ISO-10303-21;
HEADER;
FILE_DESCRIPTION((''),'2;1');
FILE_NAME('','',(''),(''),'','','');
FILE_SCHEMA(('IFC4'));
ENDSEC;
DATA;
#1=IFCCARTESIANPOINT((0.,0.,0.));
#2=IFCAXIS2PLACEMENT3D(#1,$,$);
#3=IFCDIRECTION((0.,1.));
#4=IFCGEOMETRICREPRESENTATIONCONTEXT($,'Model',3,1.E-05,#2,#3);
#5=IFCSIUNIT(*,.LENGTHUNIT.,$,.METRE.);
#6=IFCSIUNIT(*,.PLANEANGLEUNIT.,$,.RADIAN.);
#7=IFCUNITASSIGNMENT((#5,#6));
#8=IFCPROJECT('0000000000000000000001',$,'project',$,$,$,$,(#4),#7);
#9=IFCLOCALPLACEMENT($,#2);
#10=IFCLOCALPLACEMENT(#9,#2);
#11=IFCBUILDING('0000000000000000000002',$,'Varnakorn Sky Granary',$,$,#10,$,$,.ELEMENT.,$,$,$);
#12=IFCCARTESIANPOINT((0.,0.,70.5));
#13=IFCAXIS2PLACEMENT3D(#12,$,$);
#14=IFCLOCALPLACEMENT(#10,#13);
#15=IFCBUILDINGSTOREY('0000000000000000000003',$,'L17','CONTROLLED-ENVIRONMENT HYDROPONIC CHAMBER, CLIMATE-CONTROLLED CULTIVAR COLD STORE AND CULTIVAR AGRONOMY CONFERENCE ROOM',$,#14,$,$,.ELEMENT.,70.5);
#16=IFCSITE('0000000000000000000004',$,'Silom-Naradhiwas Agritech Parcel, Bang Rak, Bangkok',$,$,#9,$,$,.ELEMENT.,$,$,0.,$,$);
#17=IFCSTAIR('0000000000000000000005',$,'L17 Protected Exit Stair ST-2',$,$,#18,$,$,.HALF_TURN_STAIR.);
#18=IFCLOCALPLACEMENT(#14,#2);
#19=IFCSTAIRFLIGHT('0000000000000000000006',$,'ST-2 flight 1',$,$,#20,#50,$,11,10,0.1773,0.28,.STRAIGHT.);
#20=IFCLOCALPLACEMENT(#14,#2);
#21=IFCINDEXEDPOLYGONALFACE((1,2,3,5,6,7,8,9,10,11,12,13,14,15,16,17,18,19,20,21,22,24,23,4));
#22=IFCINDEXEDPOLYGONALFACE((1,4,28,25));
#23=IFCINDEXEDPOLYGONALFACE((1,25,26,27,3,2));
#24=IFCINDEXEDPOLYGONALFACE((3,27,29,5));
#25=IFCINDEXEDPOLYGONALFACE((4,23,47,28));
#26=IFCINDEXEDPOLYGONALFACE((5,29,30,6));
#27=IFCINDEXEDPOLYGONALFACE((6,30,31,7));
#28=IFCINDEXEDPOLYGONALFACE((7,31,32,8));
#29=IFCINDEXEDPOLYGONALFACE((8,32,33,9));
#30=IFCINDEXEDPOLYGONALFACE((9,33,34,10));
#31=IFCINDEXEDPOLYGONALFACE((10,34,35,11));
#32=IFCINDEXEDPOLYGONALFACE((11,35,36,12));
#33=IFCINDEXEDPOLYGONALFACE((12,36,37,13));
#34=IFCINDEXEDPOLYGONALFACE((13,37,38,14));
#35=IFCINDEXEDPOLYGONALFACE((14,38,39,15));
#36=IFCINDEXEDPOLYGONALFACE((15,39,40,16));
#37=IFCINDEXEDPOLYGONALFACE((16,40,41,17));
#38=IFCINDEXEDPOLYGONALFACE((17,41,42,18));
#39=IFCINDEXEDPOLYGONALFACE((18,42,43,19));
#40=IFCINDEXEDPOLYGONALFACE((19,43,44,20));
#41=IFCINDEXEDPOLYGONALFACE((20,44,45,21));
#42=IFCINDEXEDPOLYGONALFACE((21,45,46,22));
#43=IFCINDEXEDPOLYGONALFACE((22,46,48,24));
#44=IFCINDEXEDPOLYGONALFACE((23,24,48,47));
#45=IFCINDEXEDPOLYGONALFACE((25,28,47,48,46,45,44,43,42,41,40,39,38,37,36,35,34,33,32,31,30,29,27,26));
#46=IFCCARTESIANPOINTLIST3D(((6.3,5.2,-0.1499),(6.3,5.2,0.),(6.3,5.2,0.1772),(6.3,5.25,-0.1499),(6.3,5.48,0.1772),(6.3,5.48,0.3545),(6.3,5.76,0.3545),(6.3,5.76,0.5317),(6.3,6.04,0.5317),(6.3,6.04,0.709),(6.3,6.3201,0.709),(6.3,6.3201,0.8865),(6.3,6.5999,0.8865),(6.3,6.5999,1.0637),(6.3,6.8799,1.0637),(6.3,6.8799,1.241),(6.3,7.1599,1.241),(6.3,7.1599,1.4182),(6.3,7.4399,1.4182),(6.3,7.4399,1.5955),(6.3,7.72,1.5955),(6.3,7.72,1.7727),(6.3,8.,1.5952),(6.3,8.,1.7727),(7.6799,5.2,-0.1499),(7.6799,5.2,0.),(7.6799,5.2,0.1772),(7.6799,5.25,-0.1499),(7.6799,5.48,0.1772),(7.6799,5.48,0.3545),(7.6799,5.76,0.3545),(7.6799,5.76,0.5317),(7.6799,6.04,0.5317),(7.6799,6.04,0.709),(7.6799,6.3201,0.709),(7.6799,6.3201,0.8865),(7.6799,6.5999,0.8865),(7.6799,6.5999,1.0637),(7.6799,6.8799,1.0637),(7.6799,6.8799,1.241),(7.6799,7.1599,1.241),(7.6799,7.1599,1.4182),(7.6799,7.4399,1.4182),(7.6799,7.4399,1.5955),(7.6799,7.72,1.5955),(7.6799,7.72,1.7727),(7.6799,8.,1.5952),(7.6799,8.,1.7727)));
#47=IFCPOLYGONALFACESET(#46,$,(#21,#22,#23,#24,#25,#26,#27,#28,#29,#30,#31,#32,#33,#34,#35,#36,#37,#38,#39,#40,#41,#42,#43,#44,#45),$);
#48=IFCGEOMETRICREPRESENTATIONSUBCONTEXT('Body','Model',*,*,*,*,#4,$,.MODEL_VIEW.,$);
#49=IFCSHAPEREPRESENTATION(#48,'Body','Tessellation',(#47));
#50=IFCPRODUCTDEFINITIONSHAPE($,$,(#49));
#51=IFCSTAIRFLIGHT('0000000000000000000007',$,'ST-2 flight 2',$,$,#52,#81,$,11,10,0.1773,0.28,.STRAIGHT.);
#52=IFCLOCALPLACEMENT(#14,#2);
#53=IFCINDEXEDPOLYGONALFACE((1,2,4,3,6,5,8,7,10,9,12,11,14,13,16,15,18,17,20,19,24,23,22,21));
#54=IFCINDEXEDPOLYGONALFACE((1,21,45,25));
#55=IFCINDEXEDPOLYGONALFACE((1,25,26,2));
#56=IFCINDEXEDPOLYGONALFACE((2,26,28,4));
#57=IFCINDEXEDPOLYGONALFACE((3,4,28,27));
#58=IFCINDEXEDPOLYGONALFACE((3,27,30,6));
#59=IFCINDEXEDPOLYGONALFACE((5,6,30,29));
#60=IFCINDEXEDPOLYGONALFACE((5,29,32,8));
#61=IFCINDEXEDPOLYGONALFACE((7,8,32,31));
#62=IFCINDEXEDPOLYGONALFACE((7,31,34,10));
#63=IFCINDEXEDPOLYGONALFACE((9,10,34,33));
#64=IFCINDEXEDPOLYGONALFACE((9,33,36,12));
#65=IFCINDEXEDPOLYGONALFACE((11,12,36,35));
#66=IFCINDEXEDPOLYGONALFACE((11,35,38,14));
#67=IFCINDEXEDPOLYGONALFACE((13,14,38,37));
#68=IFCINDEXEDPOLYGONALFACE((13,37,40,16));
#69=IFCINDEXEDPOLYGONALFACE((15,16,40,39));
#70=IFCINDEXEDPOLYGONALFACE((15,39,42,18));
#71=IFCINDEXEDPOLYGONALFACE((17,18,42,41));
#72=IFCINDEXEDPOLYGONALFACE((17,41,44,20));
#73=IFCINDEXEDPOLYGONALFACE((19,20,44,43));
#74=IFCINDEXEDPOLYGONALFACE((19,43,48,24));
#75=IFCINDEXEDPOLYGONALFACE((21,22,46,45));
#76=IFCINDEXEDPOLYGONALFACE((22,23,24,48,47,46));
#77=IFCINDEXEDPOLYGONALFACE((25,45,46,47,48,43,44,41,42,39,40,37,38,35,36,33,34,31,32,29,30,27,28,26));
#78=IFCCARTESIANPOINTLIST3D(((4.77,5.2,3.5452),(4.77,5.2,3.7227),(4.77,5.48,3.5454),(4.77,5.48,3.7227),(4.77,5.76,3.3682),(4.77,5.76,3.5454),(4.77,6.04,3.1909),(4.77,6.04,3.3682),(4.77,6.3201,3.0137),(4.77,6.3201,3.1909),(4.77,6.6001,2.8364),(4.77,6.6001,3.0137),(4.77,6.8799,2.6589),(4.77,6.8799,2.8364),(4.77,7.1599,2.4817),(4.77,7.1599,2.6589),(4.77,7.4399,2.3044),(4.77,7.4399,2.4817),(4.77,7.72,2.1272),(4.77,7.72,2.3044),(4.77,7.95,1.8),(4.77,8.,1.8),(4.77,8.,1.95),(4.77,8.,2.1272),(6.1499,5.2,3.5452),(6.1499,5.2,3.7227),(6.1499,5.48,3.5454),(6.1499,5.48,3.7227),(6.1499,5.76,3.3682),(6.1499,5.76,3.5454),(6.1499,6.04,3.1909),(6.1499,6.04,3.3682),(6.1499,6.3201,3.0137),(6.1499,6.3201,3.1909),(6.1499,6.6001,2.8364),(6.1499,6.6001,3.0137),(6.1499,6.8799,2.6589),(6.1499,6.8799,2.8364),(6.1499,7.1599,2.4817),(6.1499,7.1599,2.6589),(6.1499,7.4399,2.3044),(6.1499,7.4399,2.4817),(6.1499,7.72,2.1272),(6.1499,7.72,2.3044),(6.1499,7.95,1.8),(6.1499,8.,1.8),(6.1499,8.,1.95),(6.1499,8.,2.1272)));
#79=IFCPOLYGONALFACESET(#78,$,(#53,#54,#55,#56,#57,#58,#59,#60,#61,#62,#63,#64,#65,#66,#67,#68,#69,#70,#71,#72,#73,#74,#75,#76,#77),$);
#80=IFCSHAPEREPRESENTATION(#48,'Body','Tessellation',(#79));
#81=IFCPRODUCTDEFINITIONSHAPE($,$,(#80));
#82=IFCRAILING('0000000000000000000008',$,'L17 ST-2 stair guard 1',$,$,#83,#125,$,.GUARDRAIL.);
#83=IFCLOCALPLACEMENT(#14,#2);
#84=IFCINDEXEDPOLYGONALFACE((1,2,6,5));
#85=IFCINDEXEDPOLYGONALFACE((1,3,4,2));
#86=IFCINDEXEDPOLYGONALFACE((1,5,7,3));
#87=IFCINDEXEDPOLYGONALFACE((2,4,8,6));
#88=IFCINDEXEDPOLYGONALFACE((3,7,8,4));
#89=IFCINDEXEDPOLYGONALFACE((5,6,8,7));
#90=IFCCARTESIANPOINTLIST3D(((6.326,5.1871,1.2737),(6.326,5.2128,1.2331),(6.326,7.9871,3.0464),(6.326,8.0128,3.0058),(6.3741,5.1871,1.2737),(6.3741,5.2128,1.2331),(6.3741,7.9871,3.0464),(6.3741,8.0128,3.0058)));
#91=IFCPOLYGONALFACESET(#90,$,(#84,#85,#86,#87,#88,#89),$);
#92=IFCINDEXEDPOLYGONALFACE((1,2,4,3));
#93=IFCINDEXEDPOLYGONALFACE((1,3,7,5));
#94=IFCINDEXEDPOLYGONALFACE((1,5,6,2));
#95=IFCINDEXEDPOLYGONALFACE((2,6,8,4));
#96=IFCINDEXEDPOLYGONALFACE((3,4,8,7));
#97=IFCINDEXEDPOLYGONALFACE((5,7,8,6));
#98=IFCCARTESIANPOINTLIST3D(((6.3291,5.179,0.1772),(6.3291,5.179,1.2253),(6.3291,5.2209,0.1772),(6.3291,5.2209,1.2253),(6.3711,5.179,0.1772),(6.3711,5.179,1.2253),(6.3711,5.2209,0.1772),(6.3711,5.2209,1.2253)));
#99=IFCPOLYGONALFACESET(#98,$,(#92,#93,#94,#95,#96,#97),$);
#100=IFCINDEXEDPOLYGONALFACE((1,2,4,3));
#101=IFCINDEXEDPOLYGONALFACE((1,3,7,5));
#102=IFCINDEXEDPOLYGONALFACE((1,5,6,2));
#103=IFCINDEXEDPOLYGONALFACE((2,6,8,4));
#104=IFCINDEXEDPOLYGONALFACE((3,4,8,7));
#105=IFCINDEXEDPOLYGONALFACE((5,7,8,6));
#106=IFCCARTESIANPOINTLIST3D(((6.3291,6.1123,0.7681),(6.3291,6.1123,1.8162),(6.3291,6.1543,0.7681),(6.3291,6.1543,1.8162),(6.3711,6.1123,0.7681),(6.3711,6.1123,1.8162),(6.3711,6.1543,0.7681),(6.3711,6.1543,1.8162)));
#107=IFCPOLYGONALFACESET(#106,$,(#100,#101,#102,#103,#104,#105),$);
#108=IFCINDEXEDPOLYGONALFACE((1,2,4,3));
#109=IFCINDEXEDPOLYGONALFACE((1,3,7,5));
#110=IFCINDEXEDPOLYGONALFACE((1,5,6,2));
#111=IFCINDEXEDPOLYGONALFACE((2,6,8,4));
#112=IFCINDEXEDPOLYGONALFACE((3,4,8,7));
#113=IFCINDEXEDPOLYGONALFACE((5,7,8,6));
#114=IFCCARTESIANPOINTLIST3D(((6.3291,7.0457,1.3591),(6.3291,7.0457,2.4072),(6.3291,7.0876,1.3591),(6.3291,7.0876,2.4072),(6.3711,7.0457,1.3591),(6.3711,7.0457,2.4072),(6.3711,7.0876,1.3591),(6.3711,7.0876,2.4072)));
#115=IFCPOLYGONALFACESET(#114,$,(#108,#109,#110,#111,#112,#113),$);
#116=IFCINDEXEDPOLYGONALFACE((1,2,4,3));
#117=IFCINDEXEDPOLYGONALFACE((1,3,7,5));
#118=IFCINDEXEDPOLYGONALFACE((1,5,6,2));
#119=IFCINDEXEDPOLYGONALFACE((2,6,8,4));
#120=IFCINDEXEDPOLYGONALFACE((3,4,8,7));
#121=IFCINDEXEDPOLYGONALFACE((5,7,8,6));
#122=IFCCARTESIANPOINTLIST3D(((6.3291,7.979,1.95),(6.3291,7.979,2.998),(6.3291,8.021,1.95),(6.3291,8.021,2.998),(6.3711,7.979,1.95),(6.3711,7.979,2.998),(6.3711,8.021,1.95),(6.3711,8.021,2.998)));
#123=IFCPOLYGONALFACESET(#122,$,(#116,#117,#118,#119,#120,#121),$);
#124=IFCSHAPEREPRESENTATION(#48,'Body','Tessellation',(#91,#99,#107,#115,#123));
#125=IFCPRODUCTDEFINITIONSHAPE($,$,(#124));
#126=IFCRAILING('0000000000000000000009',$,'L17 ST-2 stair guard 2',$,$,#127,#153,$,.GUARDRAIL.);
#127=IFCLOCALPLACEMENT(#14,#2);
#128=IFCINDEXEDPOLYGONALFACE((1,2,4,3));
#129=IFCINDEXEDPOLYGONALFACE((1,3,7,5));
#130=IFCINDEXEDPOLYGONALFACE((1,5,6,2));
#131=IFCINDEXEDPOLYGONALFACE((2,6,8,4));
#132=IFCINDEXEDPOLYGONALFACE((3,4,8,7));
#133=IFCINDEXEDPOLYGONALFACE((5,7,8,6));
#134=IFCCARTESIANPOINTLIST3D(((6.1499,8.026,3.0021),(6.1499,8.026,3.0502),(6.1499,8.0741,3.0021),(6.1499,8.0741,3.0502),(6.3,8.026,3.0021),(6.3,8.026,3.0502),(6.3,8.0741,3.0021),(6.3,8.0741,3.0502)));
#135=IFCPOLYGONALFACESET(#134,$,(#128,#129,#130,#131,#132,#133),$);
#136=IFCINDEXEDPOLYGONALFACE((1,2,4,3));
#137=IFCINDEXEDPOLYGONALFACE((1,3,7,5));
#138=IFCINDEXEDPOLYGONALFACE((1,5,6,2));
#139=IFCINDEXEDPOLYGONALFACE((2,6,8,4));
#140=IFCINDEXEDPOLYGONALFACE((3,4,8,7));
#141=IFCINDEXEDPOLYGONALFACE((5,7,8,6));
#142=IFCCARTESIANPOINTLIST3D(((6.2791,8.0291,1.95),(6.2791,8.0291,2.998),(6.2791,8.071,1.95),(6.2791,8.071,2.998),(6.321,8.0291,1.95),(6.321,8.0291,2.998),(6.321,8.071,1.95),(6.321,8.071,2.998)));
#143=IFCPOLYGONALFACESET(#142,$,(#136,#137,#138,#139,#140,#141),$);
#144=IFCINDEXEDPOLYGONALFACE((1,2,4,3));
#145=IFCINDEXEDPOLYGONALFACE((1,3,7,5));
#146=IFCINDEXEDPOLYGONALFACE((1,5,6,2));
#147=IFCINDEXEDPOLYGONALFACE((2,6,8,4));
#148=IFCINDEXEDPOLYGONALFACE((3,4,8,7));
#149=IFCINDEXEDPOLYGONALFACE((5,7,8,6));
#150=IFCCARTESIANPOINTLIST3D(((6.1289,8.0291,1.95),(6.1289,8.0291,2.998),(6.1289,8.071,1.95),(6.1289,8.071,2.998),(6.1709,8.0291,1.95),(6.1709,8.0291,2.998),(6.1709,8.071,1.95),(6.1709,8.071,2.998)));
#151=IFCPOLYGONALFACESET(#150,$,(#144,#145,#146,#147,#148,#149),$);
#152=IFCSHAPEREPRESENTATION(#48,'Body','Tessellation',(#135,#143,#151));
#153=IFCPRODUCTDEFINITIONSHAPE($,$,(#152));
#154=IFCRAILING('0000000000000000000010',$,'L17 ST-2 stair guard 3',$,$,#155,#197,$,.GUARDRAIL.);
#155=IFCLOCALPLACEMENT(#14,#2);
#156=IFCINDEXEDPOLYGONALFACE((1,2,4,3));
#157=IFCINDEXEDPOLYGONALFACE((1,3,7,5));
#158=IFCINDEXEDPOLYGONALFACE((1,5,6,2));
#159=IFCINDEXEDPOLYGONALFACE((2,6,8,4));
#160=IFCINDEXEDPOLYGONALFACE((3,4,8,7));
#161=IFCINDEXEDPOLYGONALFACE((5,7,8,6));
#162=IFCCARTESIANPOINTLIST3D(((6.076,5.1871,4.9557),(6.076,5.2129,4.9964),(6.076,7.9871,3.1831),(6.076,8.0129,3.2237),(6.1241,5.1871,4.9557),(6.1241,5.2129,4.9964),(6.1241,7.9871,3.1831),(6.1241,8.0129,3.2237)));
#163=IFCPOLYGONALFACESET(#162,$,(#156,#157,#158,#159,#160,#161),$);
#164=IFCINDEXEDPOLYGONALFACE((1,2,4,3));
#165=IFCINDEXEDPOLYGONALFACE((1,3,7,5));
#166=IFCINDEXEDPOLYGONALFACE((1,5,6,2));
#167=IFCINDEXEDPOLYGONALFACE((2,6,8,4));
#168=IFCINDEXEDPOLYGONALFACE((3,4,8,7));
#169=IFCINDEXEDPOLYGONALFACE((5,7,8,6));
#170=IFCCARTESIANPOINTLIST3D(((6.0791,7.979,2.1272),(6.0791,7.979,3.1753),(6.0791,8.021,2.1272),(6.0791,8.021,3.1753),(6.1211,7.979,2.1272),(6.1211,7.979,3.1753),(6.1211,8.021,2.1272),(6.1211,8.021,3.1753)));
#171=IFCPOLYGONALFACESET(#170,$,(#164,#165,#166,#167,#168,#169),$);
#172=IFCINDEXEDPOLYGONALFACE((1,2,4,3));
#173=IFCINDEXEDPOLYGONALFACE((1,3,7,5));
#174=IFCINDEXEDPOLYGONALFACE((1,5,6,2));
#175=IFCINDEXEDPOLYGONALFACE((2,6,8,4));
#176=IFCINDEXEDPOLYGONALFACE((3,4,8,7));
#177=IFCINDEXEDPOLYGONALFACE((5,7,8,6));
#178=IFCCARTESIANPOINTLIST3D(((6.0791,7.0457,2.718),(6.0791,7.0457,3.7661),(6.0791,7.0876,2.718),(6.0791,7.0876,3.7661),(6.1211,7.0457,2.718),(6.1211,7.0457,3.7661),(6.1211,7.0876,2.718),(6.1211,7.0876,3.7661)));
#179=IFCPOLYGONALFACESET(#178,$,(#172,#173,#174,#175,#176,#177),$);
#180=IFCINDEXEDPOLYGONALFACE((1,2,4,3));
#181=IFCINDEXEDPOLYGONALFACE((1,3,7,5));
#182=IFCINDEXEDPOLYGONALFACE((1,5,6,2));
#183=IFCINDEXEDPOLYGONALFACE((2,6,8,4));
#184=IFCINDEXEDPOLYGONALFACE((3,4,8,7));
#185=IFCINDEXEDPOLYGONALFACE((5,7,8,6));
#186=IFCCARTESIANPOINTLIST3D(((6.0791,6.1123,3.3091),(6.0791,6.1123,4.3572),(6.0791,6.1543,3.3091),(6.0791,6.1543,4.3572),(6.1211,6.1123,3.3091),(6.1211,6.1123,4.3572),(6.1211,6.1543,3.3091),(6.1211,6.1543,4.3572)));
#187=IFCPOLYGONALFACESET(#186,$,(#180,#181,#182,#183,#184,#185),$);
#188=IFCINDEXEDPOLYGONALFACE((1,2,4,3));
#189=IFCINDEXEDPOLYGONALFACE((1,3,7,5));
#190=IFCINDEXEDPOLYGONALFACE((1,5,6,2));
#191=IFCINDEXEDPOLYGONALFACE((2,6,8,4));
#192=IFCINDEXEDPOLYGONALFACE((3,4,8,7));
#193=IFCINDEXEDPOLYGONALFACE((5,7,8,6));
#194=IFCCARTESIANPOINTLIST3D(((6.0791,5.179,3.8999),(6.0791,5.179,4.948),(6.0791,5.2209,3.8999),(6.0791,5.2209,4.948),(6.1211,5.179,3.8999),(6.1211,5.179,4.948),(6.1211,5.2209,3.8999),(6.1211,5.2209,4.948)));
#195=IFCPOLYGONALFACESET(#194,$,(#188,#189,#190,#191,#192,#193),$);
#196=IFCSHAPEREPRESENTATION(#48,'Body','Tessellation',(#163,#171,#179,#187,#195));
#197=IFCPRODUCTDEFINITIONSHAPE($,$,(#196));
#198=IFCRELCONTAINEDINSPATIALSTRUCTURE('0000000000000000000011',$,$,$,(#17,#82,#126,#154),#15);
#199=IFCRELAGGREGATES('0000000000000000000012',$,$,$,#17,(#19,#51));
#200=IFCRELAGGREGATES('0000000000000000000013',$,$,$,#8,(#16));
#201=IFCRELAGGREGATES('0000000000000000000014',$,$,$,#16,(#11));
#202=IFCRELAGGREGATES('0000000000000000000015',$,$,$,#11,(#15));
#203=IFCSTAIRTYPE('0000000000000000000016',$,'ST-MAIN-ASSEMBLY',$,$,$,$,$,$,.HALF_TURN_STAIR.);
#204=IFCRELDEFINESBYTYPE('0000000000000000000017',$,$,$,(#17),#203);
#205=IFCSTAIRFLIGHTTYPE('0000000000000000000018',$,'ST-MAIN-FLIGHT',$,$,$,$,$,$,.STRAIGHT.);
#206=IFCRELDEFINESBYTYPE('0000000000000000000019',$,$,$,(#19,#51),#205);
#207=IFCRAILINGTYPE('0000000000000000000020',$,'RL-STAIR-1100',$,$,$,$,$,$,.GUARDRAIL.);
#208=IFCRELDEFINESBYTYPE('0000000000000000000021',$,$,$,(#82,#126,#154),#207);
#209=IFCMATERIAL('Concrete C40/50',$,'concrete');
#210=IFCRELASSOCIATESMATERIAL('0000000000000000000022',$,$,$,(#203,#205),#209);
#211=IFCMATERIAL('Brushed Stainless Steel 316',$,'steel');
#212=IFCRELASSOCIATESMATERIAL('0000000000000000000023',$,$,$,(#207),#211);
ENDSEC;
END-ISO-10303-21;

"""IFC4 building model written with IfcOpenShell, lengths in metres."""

from ifc_helpers import new_model, si_unit, direction, frame, origin, origin_2d, place, context, subcontext, project, spatial, polyline, rectangle, outline, extrude, material, type_object, element, aggregate, save


model = new_model("IFC4")

# Units and contexts
model_context = context("Model", 3, precision=1e-05, world=origin(), true_north=direction((0.0, 1.0)))
body_context = subcontext(model_context, "Body", "Model", "MODEL_VIEW")
ifc_project = project(units=[si_unit("LENGTHUNIT", "METRE"), si_unit("PLANEANGLEUNIT", "RADIAN")], contexts=[model_context])

# Site, building, storey
site_placement = place(None, origin())
site = spatial("IfcSite", under=ifc_project, at=site_placement, Name="Silom-Naradhiwas Agritech Parcel, Bang Rak, Bangkok", CompositionType="ELEMENT", RefElevation=0.0)
building_placement = place(site_placement, origin())
building = spatial("IfcBuilding", under=site, at=building_placement, Name="Varnakorn Sky Granary", CompositionType="ELEMENT")
storey_placement = place(building_placement, frame((0.0, 0.0, 70.5)))
storey = spatial("IfcBuildingStorey", under=building, at=storey_placement, Name="L17", Description="CONTROLLED-ENVIRONMENT HYDROPONIC CHAMBER, CLIMATE-CONTROLLED CULTIVAR COLD STORE AND CULTIVAR AGRONOMY CONFERENCE ROOM", CompositionType="ELEMENT", Elevation=70.5)

# Stair, stair flights
ifc_material_1 = material(Name="Concrete C40/50", Category="concrete")
stair_type = type_object("IfcStairType", Name="ST-MAIN-ASSEMBLY", PredefinedType="HALF_TURN_STAIR", material=ifc_material_1)
stair_placement = place(storey_placement, origin())
stair = element("IfcStair", 1, at=stair_placement, inside=storey, type_object=stair_type, Name="L17 Protected Exit Stair ST-2", PredefinedType="HALF_TURN_STAIR")
stair_flight_type = type_object("IfcStairFlightType", Name="ST-MAIN-FLIGHT", PredefinedType="STRAIGHT", material=ifc_material_1)
stair_flight_1_placement = place(storey_placement, frame((6.99, 5.2, 0.0), z_axis=(0.0, 0.0, 1.0), x_axis=(0.0, 1.0, 0.0)))
stair_flight_1 = element("IfcStairFlight", 2, at=stair_flight_1_placement, type_object=stair_flight_type, Name="ST-2 flight 1", NumberOfRisers=11, NumberOfTreads=10, PredefinedType="STRAIGHT", RiserHeight=0.1773, TreadLength=0.28, context=body_context, shape_type="SweptSolid", body=[
    extrude(outline(polyline([(0.0, -0.1499), (0.0, 0.0), (0.0, 0.1772), (0.28, 0.1772), (0.28, 0.3545), (0.5601, 0.3545), (0.5601, 0.5317), (0.8401, 0.5317), (0.8401, 0.709), (1.1201, 0.709), (1.1201, 0.8865), (1.3999, 0.8865), (1.3999, 1.0637), (1.6799, 1.0637), (1.6799, 1.241), (1.96, 1.241), (1.96, 1.4182), (2.24, 1.4182), (2.24, 1.5955), (2.52, 1.5955), (2.52, 1.7727), (2.8, 1.7727), (2.8, 1.95), (2.8, 1.5952), (0.05, -0.1499), (0.0, -0.1499)])), frame((0.0, 0.6899, 0.0), z_axis=(0.0, -1.0, 0.0), x_axis=(1.0, 0.0, 0.0)), (0.0, 0.0, 1.0), 1.3799),
])
stair_flight_2_placement = place(storey_placement, frame((5.46, 8.0, 1.95), z_axis=(0.0, 0.0, 1.0), x_axis=(0.0, -1.0, 0.0)))
stair_flight_2 = element("IfcStairFlight", 3, at=stair_flight_2_placement, type_object=stair_flight_type, Name="ST-2 flight 2", NumberOfRisers=11, NumberOfTreads=10, PredefinedType="STRAIGHT", RiserHeight=0.1773, TreadLength=0.28, context=body_context, shape_type="SweptSolid", body=[
    extrude(outline(polyline([(0.0, -0.1499), (0.0, 0.0), (0.0, 0.1772), (0.28, 0.1772), (0.28, 0.3545), (0.5601, 0.3545), (0.5601, 0.5317), (0.8401, 0.5317), (0.8401, 0.709), (1.1201, 0.709), (1.1201, 0.8865), (1.3999, 0.8865), (1.3999, 1.0637), (1.6799, 1.0637), (1.6799, 1.241), (1.96, 1.241), (1.96, 1.4182), (2.24, 1.4182), (2.24, 1.5955), (2.52, 1.5955), (2.52, 1.7727), (2.8, 1.7727), (2.8, 1.95), (2.8, 1.5952), (0.05, -0.1499), (0.0, -0.1499)])), frame((0.0, 0.6899, 0.0), z_axis=(0.0, -1.0, 0.0), x_axis=(1.0, 0.0, 0.0)), (0.0, 0.0, 1.0), 1.3799),
])
aggregate(stair, [stair_flight_1, stair_flight_2])

# Railings
ifc_material_2 = material(Name="Brushed Stainless Steel 316", Category="steel")
railing_type_1 = type_object("IfcRailingType", Name="RL-STAIR-1100", PredefinedType="GUARDRAIL", material=ifc_material_2)
railing_1_placement = place(storey_placement, frame((6.3501, 5.2, 0.1772)))
element("IfcRailing", 4, at=railing_1_placement, inside=storey, type_object=railing_type_1, Name="L17 ST-2 stair guard 1", PredefinedType="GUARDRAIL", context=body_context, shape_type="SweptSolid", body=[
    extrude(rectangle(XDim=0.0481, YDim=0.0481, at=origin_2d()), frame((0.0, 0.0, 1.0762), z_axis=(0.0, 0.844909, 0.53491), x_axis=(-1.0, 0.0, 0.0)), (0.0, 0.0, 1.0), 3.314),
    extrude(rectangle(XDim=0.042, YDim=0.042, at=origin_2d()), origin(), (0.0, 0.0, 1.0), 1.0481),
    extrude(rectangle(XDim=0.042, YDim=0.042, at=origin_2d()), frame((0.0, 0.9333, 0.5908)), (0.0, 0.0, 1.0), 1.0481),
    extrude(rectangle(XDim=0.042, YDim=0.042, at=origin_2d()), frame((0.0, 1.8667, 1.1819)), (0.0, 0.0, 1.0), 1.0481),
    extrude(rectangle(XDim=0.042, YDim=0.042, at=origin_2d()), frame((0.0, 2.8, 1.7727)), (0.0, 0.0, 1.0), 1.0481),
])
railing_2_placement = place(storey_placement, frame((6.3, 8.05, 1.95)))
element("IfcRailing", 5, at=railing_2_placement, inside=storey, type_object=railing_type_1, Name="L17 ST-2 stair guard 2", PredefinedType="GUARDRAIL", context=body_context, shape_type="SweptSolid", body=[
    extrude(rectangle(XDim=0.0481, YDim=0.0481, at=origin_2d()), frame((0.0, 0.0, 1.0762), z_axis=(-1.0, 0.0, 0.0), x_axis=(0.0, -1.0, 0.0)), (0.0, 0.0, 1.0), 0.1501),
    extrude(rectangle(XDim=0.042, YDim=0.042, at=origin_2d()), origin(), (0.0, 0.0, 1.0), 1.0481),
    extrude(rectangle(XDim=0.042, YDim=0.042, at=origin_2d()), frame((-0.1501, 0.0, 0.0)), (0.0, 0.0, 1.0), 1.0481),
])
railing_3_placement = place(storey_placement, frame((6.1001, 8.0, 2.1272)))
element("IfcRailing", 6, at=railing_3_placement, inside=storey, type_object=railing_type_1, Name="L17 ST-2 stair guard 3", PredefinedType="GUARDRAIL", context=body_context, shape_type="SweptSolid", body=[
    extrude(rectangle(XDim=0.0481, YDim=0.0481, at=origin_2d()), frame((0.0, 0.0, 1.0762), z_axis=(0.0, -0.844909, 0.53491), x_axis=(1.0, 0.0, 0.0)), (0.0, 0.0, 1.0), 3.314),
    extrude(rectangle(XDim=0.042, YDim=0.042, at=origin_2d()), origin(), (0.0, 0.0, 1.0), 1.0481),
    extrude(rectangle(XDim=0.042, YDim=0.042, at=origin_2d()), frame((0.0, -0.9333, 0.5908)), (0.0, 0.0, 1.0), 1.0481),
    extrude(rectangle(XDim=0.042, YDim=0.042, at=origin_2d()), frame((0.0, -1.8667, 1.1819)), (0.0, 0.0, 1.0), 1.0481),
    extrude(rectangle(XDim=0.042, YDim=0.042, at=origin_2d()), frame((0.0, -2.8, 1.7727)), (0.0, 0.0, 1.0), 1.0481),
])

save(model, "model.ifc")
